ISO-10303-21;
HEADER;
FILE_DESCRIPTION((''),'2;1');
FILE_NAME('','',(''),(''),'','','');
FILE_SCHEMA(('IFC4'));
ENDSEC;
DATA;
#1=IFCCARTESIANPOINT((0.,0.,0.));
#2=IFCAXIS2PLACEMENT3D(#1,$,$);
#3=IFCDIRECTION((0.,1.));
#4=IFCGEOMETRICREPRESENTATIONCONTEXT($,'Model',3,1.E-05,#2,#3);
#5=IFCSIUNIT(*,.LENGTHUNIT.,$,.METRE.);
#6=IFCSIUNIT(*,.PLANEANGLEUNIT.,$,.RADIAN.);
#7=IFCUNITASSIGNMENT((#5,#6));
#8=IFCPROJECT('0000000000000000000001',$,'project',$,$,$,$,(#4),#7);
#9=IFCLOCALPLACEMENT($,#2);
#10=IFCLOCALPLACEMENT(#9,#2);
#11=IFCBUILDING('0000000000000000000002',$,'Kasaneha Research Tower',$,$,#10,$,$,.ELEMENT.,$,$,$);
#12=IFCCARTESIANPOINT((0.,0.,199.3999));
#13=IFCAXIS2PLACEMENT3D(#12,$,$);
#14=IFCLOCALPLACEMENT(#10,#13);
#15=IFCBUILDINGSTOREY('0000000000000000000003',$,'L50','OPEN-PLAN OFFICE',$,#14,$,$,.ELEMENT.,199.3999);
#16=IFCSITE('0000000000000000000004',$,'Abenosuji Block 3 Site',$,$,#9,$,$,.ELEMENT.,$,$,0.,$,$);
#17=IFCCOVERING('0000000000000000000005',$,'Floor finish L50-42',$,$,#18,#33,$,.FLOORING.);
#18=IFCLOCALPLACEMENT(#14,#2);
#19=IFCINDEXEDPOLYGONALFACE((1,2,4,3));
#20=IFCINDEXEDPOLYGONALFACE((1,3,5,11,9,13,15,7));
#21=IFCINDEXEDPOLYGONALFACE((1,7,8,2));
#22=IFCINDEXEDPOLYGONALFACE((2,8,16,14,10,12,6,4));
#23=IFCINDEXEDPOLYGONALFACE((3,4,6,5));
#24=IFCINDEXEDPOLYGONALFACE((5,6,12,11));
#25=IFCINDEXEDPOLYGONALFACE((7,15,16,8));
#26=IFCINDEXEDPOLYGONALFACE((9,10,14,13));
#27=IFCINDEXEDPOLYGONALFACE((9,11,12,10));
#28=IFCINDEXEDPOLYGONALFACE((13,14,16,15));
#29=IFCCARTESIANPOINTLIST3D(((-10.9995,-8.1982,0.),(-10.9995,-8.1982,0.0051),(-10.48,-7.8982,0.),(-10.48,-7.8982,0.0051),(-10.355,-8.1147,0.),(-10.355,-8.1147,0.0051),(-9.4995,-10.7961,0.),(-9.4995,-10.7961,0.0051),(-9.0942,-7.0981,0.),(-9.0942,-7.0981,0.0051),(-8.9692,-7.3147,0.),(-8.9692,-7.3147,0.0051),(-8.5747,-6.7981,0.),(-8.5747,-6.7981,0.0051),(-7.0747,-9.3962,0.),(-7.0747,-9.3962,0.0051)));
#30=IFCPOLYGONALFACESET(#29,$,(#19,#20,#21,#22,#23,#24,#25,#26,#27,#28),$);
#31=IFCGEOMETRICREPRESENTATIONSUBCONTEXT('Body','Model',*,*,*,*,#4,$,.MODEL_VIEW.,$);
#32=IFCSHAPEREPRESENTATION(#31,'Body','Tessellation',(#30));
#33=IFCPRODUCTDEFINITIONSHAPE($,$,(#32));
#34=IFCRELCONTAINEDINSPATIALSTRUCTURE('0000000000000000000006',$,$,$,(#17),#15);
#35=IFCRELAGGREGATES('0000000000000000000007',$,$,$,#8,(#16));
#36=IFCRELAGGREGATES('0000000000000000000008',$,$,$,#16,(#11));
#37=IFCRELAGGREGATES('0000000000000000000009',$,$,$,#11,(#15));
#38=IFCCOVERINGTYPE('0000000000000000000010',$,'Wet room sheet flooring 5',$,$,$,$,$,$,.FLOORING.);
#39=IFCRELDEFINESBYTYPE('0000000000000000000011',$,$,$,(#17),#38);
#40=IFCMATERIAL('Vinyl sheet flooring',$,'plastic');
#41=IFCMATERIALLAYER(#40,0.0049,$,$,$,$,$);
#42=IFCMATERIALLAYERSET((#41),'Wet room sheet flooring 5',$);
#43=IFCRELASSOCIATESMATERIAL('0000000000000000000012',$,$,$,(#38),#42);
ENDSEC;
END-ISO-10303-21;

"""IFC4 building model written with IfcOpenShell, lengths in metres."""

from ifc_helpers import new_model, si_unit, direction, frame, origin, place, context, subcontext, project, spatial, polyline, outline, extrude, material, layer, layer_set, type_object, element, save


model = new_model("IFC4")

# Units and contexts
model_context = context("Model", 3, precision=1e-05, world=origin(), true_north=direction((0.0, 1.0)))
body_context = subcontext(model_context, "Body", "Model", "MODEL_VIEW")
ifc_project = project(units=[si_unit("LENGTHUNIT", "METRE"), si_unit("PLANEANGLEUNIT", "RADIAN")], contexts=[model_context])

# Site, building, storey
site_placement = place(None, origin())
site = spatial("IfcSite", under=ifc_project, at=site_placement, Name="Abenosuji Block 3 Site", CompositionType="ELEMENT", RefElevation=0.0)
building_placement = place(site_placement, origin())
building = spatial("IfcBuilding", under=site, at=building_placement, Name="Kasaneha Research Tower", CompositionType="ELEMENT")
storey_placement = place(building_placement, frame((0.0, 0.0, 199.3999)))
storey = spatial("IfcBuildingStorey", under=building, at=storey_placement, Name="L50", Description="OPEN-PLAN OFFICE", CompositionType="ELEMENT", Elevation=199.3999)

# Covering
ifc_material_1 = material(Name="Vinyl sheet flooring", Category="plastic")
ifc_layer_1 = layer(ifc_material_1, 0.0049)
ifc_layer_set_1 = layer_set([ifc_layer_1], Name="Wet room sheet flooring 5")
covering_type_1 = type_object("IfcCoveringType", Name="Wet room sheet flooring 5", PredefinedType="FLOORING", material=ifc_layer_set_1)
covering_1_placement = place(storey_placement, origin())
element("IfcCovering", 1, at=covering_1_placement, inside=storey, type_object=covering_type_1, Name="Floor finish L50-42", PredefinedType="FLOORING", context=body_context, shape_type="SweptSolid", body=[
    extrude(outline(polyline([(-10.9995, -8.1982), (-10.48, -7.8982), (-10.355, -8.1147), (-8.9692, -7.3147), (-9.0942, -7.0981), (-8.5747, -6.7981), (-7.0747, -9.3962), (-9.4995, -10.7961), (-10.9995, -8.1982)])), origin(), (0.0, 0.0, 1.0), 0.0051),
])

save(model, "model.ifc")
